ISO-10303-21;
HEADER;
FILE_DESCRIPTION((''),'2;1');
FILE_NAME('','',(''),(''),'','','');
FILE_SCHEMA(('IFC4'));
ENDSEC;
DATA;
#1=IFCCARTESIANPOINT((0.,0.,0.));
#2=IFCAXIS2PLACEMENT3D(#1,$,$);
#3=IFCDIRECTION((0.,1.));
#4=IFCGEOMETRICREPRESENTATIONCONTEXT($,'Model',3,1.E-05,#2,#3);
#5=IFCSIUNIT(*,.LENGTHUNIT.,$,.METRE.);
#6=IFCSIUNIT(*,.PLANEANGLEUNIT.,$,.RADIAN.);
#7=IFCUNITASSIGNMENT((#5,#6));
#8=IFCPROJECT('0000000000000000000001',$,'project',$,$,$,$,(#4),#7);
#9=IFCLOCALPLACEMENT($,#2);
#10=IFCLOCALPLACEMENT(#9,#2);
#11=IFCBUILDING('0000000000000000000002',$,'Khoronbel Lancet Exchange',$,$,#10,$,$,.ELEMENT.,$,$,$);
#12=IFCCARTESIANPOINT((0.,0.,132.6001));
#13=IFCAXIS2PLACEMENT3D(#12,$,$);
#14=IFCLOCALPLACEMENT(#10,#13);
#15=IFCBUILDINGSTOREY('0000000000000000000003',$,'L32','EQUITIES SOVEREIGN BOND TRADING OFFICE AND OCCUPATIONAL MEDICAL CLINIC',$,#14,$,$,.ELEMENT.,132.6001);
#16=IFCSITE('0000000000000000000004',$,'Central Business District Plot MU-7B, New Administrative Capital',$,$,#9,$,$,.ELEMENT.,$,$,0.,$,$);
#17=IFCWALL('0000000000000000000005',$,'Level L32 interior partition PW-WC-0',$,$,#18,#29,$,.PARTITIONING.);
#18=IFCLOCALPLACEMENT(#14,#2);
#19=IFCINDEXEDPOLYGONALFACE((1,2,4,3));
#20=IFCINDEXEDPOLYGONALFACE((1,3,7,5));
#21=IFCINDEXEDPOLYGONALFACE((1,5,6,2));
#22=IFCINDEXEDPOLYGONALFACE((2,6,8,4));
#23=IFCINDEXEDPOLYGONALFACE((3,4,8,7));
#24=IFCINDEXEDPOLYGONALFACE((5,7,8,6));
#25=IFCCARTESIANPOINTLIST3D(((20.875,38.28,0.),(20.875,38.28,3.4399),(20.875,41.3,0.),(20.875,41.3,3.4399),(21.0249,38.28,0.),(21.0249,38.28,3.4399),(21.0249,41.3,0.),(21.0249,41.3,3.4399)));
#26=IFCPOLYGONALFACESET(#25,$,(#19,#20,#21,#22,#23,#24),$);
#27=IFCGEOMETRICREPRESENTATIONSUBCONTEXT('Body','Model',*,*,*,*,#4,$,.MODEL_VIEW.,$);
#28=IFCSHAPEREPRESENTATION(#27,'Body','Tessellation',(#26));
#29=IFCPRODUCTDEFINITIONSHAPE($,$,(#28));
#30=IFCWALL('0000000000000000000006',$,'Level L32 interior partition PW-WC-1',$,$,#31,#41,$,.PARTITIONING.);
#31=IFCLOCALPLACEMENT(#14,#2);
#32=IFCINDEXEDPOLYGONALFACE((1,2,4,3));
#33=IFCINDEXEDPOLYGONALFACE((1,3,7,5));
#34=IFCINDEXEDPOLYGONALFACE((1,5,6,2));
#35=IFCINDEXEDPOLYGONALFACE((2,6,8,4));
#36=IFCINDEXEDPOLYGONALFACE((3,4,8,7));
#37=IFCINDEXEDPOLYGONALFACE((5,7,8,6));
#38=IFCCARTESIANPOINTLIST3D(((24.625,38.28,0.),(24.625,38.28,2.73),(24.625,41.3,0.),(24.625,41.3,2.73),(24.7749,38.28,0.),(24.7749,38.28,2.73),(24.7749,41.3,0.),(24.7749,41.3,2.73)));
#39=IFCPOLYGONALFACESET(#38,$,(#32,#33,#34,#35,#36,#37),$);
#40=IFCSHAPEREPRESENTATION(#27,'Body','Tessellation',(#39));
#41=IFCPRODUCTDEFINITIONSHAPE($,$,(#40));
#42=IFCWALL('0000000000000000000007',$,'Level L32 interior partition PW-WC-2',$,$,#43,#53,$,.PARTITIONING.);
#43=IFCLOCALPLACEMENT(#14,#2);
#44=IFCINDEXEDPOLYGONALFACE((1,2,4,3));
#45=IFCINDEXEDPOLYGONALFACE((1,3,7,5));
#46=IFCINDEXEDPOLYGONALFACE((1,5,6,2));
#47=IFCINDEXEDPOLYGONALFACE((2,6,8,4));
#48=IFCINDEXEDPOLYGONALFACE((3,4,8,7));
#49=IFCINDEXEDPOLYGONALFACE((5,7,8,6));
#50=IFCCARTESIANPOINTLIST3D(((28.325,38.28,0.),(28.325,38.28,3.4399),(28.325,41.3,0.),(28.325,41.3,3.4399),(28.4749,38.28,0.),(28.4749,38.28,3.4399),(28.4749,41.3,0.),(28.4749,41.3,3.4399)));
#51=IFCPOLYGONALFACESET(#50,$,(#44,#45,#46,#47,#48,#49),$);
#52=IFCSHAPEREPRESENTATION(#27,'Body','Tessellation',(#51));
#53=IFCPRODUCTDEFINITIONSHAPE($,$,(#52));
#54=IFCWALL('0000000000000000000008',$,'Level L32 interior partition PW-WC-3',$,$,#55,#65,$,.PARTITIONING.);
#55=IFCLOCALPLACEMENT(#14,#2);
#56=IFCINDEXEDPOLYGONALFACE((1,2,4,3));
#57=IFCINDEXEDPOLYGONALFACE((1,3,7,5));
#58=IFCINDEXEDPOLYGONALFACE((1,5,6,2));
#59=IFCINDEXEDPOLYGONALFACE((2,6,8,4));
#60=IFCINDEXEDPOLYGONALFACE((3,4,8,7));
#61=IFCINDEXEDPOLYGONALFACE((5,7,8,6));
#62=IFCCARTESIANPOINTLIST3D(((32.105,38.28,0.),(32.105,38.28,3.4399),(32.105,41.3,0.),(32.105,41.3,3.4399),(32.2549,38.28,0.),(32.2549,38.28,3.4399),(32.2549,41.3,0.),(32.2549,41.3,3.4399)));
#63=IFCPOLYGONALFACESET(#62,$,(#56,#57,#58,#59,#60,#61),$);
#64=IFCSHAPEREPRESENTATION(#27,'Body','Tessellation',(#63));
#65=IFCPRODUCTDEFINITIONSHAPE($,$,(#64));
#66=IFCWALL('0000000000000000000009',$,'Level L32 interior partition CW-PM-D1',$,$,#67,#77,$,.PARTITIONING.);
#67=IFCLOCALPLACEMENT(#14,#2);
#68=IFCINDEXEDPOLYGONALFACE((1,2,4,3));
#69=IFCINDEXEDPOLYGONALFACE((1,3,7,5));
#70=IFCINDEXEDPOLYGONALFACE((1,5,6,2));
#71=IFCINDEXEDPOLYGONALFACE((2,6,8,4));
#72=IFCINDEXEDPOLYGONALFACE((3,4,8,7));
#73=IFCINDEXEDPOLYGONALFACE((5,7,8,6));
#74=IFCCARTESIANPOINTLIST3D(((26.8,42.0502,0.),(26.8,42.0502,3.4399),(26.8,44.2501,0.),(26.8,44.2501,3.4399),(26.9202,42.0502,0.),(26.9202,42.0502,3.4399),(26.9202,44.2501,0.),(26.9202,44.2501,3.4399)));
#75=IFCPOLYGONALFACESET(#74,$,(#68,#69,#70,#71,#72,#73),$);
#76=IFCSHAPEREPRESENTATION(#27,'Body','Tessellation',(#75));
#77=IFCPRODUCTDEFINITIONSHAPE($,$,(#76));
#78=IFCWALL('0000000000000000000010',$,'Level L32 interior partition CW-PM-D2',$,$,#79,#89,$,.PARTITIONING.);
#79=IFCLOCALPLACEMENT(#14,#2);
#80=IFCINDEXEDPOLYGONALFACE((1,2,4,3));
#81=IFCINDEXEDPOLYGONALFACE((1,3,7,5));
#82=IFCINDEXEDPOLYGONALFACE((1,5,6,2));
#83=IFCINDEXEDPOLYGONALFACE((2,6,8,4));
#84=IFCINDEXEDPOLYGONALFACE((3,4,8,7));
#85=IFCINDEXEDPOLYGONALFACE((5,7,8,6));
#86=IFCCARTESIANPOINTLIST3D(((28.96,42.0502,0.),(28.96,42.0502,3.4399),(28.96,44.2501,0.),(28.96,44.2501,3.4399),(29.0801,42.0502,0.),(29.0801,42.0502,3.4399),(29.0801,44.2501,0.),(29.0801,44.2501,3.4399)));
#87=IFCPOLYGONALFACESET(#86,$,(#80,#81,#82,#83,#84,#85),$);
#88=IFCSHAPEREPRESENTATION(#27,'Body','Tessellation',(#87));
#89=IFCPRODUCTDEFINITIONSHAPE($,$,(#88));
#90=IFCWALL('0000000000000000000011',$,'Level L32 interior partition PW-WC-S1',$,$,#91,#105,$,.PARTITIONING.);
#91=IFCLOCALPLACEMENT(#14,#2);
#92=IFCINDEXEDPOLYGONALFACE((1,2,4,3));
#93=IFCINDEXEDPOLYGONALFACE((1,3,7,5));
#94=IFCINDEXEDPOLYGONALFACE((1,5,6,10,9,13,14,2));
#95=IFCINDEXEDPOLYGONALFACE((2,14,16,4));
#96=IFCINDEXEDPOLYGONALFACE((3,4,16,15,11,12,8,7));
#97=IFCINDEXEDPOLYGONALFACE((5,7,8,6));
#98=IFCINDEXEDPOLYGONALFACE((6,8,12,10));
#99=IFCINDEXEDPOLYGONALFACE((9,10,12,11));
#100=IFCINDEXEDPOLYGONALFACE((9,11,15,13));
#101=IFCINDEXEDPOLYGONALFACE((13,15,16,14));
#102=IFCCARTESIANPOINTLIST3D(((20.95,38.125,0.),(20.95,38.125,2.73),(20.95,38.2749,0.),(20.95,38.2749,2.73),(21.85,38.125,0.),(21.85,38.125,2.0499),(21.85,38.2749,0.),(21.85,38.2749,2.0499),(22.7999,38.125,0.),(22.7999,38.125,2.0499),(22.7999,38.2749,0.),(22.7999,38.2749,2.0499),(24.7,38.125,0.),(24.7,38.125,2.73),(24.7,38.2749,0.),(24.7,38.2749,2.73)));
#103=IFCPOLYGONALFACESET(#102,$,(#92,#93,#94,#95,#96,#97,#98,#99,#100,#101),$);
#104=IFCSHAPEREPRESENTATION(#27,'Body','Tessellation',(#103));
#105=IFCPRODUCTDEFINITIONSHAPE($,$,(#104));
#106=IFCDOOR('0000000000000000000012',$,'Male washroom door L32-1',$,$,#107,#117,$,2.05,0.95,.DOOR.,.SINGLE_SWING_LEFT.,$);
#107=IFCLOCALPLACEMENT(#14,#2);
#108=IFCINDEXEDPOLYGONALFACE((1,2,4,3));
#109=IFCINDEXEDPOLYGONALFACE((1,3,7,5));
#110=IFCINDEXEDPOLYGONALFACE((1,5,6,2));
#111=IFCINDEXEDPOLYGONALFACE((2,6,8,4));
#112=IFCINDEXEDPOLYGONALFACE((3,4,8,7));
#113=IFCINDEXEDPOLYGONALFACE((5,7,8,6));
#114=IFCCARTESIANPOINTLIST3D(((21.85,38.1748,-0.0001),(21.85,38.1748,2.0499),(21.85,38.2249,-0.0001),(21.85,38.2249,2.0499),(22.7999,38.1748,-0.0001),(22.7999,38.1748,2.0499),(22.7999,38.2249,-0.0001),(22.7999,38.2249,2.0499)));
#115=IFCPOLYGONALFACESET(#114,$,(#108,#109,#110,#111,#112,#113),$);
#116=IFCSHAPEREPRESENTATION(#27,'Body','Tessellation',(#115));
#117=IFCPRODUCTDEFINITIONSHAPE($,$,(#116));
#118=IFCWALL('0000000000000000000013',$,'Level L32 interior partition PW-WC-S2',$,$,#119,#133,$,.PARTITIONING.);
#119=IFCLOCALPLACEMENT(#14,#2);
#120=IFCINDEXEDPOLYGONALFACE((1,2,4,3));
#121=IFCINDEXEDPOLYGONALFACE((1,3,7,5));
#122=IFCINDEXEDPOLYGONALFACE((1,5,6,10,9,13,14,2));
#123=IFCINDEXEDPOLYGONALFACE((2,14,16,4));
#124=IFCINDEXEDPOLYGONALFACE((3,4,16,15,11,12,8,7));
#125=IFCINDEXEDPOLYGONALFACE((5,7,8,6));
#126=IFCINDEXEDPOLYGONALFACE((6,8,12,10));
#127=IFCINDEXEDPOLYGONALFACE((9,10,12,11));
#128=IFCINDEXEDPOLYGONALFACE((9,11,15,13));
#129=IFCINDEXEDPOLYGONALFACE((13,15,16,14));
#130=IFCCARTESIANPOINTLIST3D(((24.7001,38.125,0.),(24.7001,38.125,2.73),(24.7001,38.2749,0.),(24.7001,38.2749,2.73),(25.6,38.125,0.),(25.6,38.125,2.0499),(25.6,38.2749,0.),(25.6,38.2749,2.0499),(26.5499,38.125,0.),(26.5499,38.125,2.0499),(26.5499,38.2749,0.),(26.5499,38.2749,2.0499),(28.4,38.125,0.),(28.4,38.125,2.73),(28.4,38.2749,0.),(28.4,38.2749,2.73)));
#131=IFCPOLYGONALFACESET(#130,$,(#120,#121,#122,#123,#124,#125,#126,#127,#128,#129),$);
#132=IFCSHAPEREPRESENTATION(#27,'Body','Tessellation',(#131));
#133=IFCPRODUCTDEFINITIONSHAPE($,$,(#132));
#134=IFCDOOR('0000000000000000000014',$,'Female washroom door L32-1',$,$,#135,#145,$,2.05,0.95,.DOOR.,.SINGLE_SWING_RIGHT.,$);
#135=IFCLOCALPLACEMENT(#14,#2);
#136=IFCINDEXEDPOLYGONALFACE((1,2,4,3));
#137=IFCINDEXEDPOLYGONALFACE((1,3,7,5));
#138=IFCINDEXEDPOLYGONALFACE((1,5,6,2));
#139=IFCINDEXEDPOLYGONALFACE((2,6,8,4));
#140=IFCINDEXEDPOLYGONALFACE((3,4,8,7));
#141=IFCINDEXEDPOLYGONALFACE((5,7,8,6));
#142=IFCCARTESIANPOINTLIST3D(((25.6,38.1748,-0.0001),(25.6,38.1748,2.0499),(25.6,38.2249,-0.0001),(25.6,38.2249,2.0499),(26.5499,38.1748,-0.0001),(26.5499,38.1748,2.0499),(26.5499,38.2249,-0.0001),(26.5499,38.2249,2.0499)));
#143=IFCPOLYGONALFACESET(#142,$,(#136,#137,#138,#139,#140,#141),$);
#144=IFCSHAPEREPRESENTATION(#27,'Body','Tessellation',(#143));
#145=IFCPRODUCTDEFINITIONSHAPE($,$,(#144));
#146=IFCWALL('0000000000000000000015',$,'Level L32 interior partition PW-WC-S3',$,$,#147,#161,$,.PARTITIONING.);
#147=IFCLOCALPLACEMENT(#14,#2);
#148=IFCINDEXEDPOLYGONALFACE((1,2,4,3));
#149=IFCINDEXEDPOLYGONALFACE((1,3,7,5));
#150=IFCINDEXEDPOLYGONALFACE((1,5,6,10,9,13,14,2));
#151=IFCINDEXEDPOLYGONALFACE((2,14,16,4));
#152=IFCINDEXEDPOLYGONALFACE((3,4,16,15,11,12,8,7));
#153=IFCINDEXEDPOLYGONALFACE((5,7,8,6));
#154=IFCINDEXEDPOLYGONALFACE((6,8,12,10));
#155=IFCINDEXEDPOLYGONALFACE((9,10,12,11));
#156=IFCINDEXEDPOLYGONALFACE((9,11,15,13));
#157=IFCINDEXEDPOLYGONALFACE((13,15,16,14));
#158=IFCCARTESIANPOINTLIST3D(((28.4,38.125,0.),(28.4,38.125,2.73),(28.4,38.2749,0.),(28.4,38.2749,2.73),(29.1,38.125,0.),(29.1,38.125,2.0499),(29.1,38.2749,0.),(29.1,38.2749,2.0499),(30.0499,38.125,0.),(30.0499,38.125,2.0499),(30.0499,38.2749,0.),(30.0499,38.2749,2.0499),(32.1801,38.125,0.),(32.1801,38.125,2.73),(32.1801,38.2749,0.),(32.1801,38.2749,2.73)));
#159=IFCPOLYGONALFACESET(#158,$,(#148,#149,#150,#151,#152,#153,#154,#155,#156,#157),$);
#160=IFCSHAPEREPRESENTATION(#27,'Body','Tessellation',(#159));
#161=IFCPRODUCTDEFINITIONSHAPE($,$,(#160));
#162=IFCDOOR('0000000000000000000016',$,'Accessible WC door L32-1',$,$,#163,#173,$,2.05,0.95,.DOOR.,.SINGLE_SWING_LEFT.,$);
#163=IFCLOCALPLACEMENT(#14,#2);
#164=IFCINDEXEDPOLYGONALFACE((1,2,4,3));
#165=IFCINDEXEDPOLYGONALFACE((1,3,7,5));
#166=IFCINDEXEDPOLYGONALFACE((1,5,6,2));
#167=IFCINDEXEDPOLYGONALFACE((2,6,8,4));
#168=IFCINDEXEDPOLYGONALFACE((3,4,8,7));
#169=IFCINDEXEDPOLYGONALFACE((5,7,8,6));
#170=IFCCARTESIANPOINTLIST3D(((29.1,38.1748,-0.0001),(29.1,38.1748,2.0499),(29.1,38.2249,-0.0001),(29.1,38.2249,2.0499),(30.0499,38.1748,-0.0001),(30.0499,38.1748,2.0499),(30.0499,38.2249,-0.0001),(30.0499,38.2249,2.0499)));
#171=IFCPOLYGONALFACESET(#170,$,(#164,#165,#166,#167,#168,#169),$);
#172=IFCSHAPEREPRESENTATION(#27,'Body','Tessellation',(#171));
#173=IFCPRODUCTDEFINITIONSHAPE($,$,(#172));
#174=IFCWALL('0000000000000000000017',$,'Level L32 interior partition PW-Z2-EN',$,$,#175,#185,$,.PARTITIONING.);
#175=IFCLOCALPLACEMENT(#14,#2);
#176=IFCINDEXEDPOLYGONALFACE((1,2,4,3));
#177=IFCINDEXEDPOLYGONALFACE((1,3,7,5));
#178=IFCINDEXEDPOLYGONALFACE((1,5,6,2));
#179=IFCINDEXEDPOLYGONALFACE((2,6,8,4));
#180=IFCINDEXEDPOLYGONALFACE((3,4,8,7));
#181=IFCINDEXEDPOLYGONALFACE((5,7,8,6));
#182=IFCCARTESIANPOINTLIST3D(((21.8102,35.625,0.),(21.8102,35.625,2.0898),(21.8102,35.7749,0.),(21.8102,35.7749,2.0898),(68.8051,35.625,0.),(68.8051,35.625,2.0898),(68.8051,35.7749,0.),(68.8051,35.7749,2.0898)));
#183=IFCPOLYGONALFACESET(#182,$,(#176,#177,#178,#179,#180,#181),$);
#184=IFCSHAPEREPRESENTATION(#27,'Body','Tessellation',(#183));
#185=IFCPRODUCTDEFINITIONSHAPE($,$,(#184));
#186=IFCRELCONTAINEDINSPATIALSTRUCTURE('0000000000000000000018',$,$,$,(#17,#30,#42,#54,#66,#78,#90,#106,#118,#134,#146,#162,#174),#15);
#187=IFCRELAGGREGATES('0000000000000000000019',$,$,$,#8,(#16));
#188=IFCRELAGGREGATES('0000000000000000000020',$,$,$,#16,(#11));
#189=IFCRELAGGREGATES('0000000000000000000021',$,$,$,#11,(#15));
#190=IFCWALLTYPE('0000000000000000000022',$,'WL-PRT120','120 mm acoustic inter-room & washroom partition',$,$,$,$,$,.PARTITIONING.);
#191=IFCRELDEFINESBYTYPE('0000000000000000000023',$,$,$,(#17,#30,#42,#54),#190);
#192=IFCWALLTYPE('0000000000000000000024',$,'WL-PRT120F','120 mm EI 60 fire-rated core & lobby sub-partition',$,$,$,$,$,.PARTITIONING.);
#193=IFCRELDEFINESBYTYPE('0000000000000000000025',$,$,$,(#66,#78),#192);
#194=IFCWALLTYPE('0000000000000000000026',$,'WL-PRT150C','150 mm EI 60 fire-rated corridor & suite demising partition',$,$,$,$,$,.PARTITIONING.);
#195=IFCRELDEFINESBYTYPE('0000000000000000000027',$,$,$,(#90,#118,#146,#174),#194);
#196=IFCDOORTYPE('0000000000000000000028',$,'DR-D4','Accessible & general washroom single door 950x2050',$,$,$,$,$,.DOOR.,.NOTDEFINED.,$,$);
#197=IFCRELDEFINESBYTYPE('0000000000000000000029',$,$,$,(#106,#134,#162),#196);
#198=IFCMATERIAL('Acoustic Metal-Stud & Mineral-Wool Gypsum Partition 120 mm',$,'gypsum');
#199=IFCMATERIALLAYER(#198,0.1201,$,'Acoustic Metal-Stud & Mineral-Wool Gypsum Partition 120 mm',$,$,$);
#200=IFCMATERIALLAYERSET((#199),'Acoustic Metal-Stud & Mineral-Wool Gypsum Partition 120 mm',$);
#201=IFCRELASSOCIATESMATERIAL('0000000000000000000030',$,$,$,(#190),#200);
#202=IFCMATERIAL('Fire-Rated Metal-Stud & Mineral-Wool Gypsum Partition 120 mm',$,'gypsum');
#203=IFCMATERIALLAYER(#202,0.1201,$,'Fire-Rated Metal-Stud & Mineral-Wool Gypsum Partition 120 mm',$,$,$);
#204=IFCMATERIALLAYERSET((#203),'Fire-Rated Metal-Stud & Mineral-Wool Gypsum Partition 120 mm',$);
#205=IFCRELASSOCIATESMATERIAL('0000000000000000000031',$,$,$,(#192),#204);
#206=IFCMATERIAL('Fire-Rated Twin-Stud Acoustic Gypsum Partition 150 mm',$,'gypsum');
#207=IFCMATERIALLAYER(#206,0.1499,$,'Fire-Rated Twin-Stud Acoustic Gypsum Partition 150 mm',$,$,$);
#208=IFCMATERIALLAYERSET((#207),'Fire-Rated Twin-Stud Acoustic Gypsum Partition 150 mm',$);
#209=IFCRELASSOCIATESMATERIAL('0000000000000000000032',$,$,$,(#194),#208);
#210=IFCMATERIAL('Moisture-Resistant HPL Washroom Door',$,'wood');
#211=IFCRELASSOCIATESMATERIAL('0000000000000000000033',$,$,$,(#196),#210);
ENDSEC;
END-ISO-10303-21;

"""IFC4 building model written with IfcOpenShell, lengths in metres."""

from ifc_helpers import new_model, si_unit, direction, frame, frame_2d, origin, place, context, subcontext, project, spatial, rectangle, extrude, material, layer, layer_set, type_object, element, fill, save


model = new_model("IFC4")

# Units and contexts
model_context = context("Model", 3, precision=1e-05, world=origin(), true_north=direction((0.0, 1.0)))
body_context = subcontext(model_context, "Body", "Model", "MODEL_VIEW")
ifc_project = project(units=[si_unit("LENGTHUNIT", "METRE"), si_unit("PLANEANGLEUNIT", "RADIAN")], contexts=[model_context])

# Site, building, storey
site_placement = place(None, origin())
site = spatial("IfcSite", under=ifc_project, at=site_placement, Name="Central Business District Plot MU-7B, New Administrative Capital", CompositionType="ELEMENT", RefElevation=0.0)
building_placement = place(site_placement, origin())
building = spatial("IfcBuilding", under=site, at=building_placement, Name="Khoronbel Lancet Exchange", CompositionType="ELEMENT")
storey_placement = place(building_placement, frame((0.0, 0.0, 132.6001)))
storey = spatial("IfcBuildingStorey", under=building, at=storey_placement, Name="L32", Description="EQUITIES SOVEREIGN BOND TRADING OFFICE AND OCCUPATIONAL MEDICAL CLINIC", CompositionType="ELEMENT", Elevation=132.6001)

# Walls
ifc_material_1 = material(Name="Acoustic Metal-Stud & Mineral-Wool Gypsum Partition 120 mm", Category="gypsum")
ifc_layer_1 = layer(ifc_material_1, 0.1201, Name="Acoustic Metal-Stud & Mineral-Wool Gypsum Partition 120 mm")
ifc_layer_set_1 = layer_set([ifc_layer_1], Name="Acoustic Metal-Stud & Mineral-Wool Gypsum Partition 120 mm")
wall_type_1 = type_object("IfcWallType", Name="WL-PRT120", Description="120 mm acoustic inter-room & washroom partition", PredefinedType="PARTITIONING", material=ifc_layer_set_1)
wall_1_placement = place(storey_placement, frame((20.95, 38.28, 0.0), z_axis=(0.0, 0.0, 1.0), x_axis=(0.0, 1.0, 0.0)))
element("IfcWall", 1, at=wall_1_placement, inside=storey, type_object=wall_type_1, Name="Level L32 interior partition PW-WC-0", PredefinedType="PARTITIONING", context=body_context, shape_type="SweptSolid", body=[
    extrude(rectangle(XDim=3.02, YDim=0.1499, at=frame_2d((1.51, 0.0))), origin(), (0.0, 0.0, 1.0), 3.4399),
])
wall_2_placement = place(storey_placement, frame((24.7, 38.28, 0.0), z_axis=(0.0, 0.0, 1.0), x_axis=(0.0, 1.0, 0.0)))
element("IfcWall", 2, at=wall_2_placement, inside=storey, type_object=wall_type_1, Name="Level L32 interior partition PW-WC-1", PredefinedType="PARTITIONING", context=body_context, shape_type="SweptSolid", body=[
    extrude(rectangle(XDim=3.02, YDim=0.1499, at=frame_2d((1.51, 0.0))), origin(), (0.0, 0.0, 1.0), 2.73),
])
for number, where, z_axis, x_axis, name in (
    (3, (28.3999, 38.28, 0.0), (0.0, 0.0, 1.0), (0.0, 1.0, 0.0), "Level L32 interior partition PW-WC-2"),
    (4, (32.1799, 38.28, 0.0), (0.0, 0.0, 1.0), (0.0, 1.0, 0.0), "Level L32 interior partition PW-WC-3"),
):
    element("IfcWall", number, at=place(storey_placement, frame(where, z_axis=z_axis, x_axis=x_axis)), inside=storey, type_object=wall_type_1, Name=name, PredefinedType="PARTITIONING", context=body_context, shape_type="SweptSolid", body=[
        extrude(rectangle(XDim=3.02, YDim=0.1499, at=frame_2d((1.51, 0.0))), origin(), (0.0, 0.0, 1.0), 3.4399),
    ])
ifc_material_2 = material(Name="Fire-Rated Metal-Stud & Mineral-Wool Gypsum Partition 120 mm", Category="gypsum")
ifc_layer_2 = layer(ifc_material_2, 0.1201, Name="Fire-Rated Metal-Stud & Mineral-Wool Gypsum Partition 120 mm")
ifc_layer_set_2 = layer_set([ifc_layer_2], Name="Fire-Rated Metal-Stud & Mineral-Wool Gypsum Partition 120 mm")
wall_type_2 = type_object("IfcWallType", Name="WL-PRT120F", Description="120 mm EI 60 fire-rated core & lobby sub-partition", PredefinedType="PARTITIONING", material=ifc_layer_set_2)
for number, where, z_axis, x_axis, name in (
    (5, (26.8601, 42.05, 0.0), (0.0, 0.0, 1.0), (0.0, 1.0, 0.0), "Level L32 interior partition CW-PM-D1"),
    (6, (29.02, 42.05, 0.0), (0.0, 0.0, 1.0), (0.0, 1.0, 0.0), "Level L32 interior partition CW-PM-D2"),
):
    element("IfcWall", number, at=place(storey_placement, frame(where, z_axis=z_axis, x_axis=x_axis)), inside=storey, type_object=wall_type_2, Name=name, PredefinedType="PARTITIONING", context=body_context, shape_type="SweptSolid", body=[
        extrude(rectangle(XDim=2.2, YDim=0.1201, at=frame_2d((1.1001, 0.0))), origin(), (0.0, 0.0, 1.0), 3.4399),
    ])

# Walls, openings, doors
ifc_material_3 = material(Name="Fire-Rated Twin-Stud Acoustic Gypsum Partition 150 mm", Category="gypsum")
ifc_layer_3 = layer(ifc_material_3, 0.1499, Name="Fire-Rated Twin-Stud Acoustic Gypsum Partition 150 mm")
ifc_layer_set_3 = layer_set([ifc_layer_3], Name="Fire-Rated Twin-Stud Acoustic Gypsum Partition 150 mm")
wall_type_3 = type_object("IfcWallType", Name="WL-PRT150C", Description="150 mm EI 60 fire-rated corridor & suite demising partition", PredefinedType="PARTITIONING", material=ifc_layer_set_3)
wall_3_placement = place(storey_placement, frame((20.95, 38.2, 0.0), z_axis=(0.0, 0.0, 1.0), x_axis=(1.0, 0.0, 0.0)))
wall_3 = element("IfcWall", 7, at=wall_3_placement, inside=storey, type_object=wall_type_3, Name="Level L32 interior partition PW-WC-S1", PredefinedType="PARTITIONING", context=body_context, shape_type="SweptSolid", body=[
    extrude(rectangle(XDim=3.75, YDim=0.1499, at=frame_2d((1.875, 0.0))), origin(), (0.0, 0.0, 1.0), 2.73),
])
opening_1_placement = place(wall_3_placement, frame((0.8999, 0.0, 0.0)))
opening_1 = element("IfcOpeningElement", 8, at=opening_1_placement, cuts=wall_3, PredefinedType="OPENING", context=body_context, shape_type="SweptSolid", body=[
    extrude(rectangle(XDim=0.95, YDim=2.05, at=frame_2d((0.4751, 1.0249))), frame((0.0, 0.085, 0.0), z_axis=(0.0, -1.0, 0.0), x_axis=(1.0, 0.0, 0.0)), (0.0, 0.0, 1.0), 0.1699),
])
ifc_material_4 = material(Name="Moisture-Resistant HPL Washroom Door", Category="wood")
door_type_1 = type_object("IfcDoorType", Name="DR-D4", Description="Accessible & general washroom single door 950x2050", OperationType="NOTDEFINED", PredefinedType="DOOR", material=ifc_material_4)
door_1_placement = place(opening_1_placement, origin())
door_1 = element("IfcDoor", 9, at=door_1_placement, inside=storey, type_object=door_type_1, Name="Male washroom door L32-1", OperationType="SINGLE_SWING_LEFT", OverallHeight=2.05, OverallWidth=0.95, PredefinedType="DOOR", context=body_context, shape_type="SweptSolid", body=[
    extrude(rectangle(XDim=0.95, YDim=2.05, at=frame_2d((0.4751, 1.0249))), frame((0.0, 0.0249, 0.0), z_axis=(0.0, -1.0, 0.0), x_axis=(1.0, 0.0, 0.0)), (0.0, 0.0, 1.0), 0.05),
])
fill(opening_1, door_1)
wall_4_placement = place(storey_placement, frame((24.7, 38.2, 0.0), z_axis=(0.0, 0.0, 1.0), x_axis=(1.0, 0.0, 0.0)))
wall_4 = element("IfcWall", 10, at=wall_4_placement, inside=storey, type_object=wall_type_3, Name="Level L32 interior partition PW-WC-S2", PredefinedType="PARTITIONING", context=body_context, shape_type="SweptSolid", body=[
    extrude(rectangle(XDim=3.7, YDim=0.1499, at=frame_2d((1.8501, 0.0))), origin(), (0.0, 0.0, 1.0), 2.73),
])
opening_2_placement = place(wall_4_placement, frame((0.8999, 0.0, 0.0)))
opening_2 = element("IfcOpeningElement", 11, at=opening_2_placement, cuts=wall_4, PredefinedType="OPENING", context=body_context, shape_type="SweptSolid", body=[
    extrude(rectangle(XDim=0.95, YDim=2.05, at=frame_2d((0.4751, 1.0249))), frame((0.0, 0.085, 0.0), z_axis=(0.0, -1.0, 0.0), x_axis=(1.0, 0.0, 0.0)), (0.0, 0.0, 1.0), 0.1699),
])
door_2_placement = place(opening_2_placement, origin())
door_2 = element("IfcDoor", 12, at=door_2_placement, inside=storey, type_object=door_type_1, Name="Female washroom door L32-1", OperationType="SINGLE_SWING_RIGHT", OverallHeight=2.05, OverallWidth=0.95, PredefinedType="DOOR", context=body_context, shape_type="SweptSolid", body=[
    extrude(rectangle(XDim=0.95, YDim=2.05, at=frame_2d((0.4751, 1.0249))), frame((0.0, 0.0249, 0.0), z_axis=(0.0, -1.0, 0.0), x_axis=(1.0, 0.0, 0.0)), (0.0, 0.0, 1.0), 0.05),
])
fill(opening_2, door_2)
wall_5_placement = place(storey_placement, frame((28.3999, 38.2, 0.0), z_axis=(0.0, 0.0, 1.0), x_axis=(1.0, 0.0, 0.0)))
wall_5 = element("IfcWall", 13, at=wall_5_placement, inside=storey, type_object=wall_type_3, Name="Level L32 interior partition PW-WC-S3", PredefinedType="PARTITIONING", context=body_context, shape_type="SweptSolid", body=[
    extrude(rectangle(XDim=3.78, YDim=0.1499, at=frame_2d((1.8901, 0.0))), origin(), (0.0, 0.0, 1.0), 2.73),
])
opening_3_placement = place(wall_5_placement, frame((0.7, 0.0, 0.0)))
opening_3 = element("IfcOpeningElement", 14, at=opening_3_placement, cuts=wall_5, PredefinedType="OPENING", context=body_context, shape_type="SweptSolid", body=[
    extrude(rectangle(XDim=0.95, YDim=2.05, at=frame_2d((0.4751, 1.0249))), frame((0.0, 0.085, 0.0), z_axis=(0.0, -1.0, 0.0), x_axis=(1.0, 0.0, 0.0)), (0.0, 0.0, 1.0), 0.1699),
])
door_3_placement = place(opening_3_placement, origin())
door_3 = element("IfcDoor", 15, at=door_3_placement, inside=storey, type_object=door_type_1, Name="Accessible WC door L32-1", OperationType="SINGLE_SWING_LEFT", OverallHeight=2.05, OverallWidth=0.95, PredefinedType="DOOR", context=body_context, shape_type="SweptSolid", body=[
    extrude(rectangle(XDim=0.95, YDim=2.05, at=frame_2d((0.4751, 1.0249))), frame((0.0, 0.0249, 0.0), z_axis=(0.0, -1.0, 0.0), x_axis=(1.0, 0.0, 0.0)), (0.0, 0.0, 1.0), 0.05),
])
fill(opening_3, door_3)

# Wall
wall_6_placement = place(storey_placement, frame((21.8101, 35.7, 0.0), z_axis=(0.0, 0.0, 1.0), x_axis=(1.0, 0.0, 0.0)))
element("IfcWall", 16, at=wall_6_placement, inside=storey, type_object=wall_type_3, Name="Level L32 interior partition PW-Z2-EN", PredefinedType="PARTITIONING", context=body_context, shape_type="SweptSolid", body=[
    extrude(rectangle(XDim=46.9949, YDim=0.1499, at=frame_2d((23.4976, 0.0))), origin(), (0.0, 0.0, 1.0), 2.0898),
])

save(model, "model.ifc")
